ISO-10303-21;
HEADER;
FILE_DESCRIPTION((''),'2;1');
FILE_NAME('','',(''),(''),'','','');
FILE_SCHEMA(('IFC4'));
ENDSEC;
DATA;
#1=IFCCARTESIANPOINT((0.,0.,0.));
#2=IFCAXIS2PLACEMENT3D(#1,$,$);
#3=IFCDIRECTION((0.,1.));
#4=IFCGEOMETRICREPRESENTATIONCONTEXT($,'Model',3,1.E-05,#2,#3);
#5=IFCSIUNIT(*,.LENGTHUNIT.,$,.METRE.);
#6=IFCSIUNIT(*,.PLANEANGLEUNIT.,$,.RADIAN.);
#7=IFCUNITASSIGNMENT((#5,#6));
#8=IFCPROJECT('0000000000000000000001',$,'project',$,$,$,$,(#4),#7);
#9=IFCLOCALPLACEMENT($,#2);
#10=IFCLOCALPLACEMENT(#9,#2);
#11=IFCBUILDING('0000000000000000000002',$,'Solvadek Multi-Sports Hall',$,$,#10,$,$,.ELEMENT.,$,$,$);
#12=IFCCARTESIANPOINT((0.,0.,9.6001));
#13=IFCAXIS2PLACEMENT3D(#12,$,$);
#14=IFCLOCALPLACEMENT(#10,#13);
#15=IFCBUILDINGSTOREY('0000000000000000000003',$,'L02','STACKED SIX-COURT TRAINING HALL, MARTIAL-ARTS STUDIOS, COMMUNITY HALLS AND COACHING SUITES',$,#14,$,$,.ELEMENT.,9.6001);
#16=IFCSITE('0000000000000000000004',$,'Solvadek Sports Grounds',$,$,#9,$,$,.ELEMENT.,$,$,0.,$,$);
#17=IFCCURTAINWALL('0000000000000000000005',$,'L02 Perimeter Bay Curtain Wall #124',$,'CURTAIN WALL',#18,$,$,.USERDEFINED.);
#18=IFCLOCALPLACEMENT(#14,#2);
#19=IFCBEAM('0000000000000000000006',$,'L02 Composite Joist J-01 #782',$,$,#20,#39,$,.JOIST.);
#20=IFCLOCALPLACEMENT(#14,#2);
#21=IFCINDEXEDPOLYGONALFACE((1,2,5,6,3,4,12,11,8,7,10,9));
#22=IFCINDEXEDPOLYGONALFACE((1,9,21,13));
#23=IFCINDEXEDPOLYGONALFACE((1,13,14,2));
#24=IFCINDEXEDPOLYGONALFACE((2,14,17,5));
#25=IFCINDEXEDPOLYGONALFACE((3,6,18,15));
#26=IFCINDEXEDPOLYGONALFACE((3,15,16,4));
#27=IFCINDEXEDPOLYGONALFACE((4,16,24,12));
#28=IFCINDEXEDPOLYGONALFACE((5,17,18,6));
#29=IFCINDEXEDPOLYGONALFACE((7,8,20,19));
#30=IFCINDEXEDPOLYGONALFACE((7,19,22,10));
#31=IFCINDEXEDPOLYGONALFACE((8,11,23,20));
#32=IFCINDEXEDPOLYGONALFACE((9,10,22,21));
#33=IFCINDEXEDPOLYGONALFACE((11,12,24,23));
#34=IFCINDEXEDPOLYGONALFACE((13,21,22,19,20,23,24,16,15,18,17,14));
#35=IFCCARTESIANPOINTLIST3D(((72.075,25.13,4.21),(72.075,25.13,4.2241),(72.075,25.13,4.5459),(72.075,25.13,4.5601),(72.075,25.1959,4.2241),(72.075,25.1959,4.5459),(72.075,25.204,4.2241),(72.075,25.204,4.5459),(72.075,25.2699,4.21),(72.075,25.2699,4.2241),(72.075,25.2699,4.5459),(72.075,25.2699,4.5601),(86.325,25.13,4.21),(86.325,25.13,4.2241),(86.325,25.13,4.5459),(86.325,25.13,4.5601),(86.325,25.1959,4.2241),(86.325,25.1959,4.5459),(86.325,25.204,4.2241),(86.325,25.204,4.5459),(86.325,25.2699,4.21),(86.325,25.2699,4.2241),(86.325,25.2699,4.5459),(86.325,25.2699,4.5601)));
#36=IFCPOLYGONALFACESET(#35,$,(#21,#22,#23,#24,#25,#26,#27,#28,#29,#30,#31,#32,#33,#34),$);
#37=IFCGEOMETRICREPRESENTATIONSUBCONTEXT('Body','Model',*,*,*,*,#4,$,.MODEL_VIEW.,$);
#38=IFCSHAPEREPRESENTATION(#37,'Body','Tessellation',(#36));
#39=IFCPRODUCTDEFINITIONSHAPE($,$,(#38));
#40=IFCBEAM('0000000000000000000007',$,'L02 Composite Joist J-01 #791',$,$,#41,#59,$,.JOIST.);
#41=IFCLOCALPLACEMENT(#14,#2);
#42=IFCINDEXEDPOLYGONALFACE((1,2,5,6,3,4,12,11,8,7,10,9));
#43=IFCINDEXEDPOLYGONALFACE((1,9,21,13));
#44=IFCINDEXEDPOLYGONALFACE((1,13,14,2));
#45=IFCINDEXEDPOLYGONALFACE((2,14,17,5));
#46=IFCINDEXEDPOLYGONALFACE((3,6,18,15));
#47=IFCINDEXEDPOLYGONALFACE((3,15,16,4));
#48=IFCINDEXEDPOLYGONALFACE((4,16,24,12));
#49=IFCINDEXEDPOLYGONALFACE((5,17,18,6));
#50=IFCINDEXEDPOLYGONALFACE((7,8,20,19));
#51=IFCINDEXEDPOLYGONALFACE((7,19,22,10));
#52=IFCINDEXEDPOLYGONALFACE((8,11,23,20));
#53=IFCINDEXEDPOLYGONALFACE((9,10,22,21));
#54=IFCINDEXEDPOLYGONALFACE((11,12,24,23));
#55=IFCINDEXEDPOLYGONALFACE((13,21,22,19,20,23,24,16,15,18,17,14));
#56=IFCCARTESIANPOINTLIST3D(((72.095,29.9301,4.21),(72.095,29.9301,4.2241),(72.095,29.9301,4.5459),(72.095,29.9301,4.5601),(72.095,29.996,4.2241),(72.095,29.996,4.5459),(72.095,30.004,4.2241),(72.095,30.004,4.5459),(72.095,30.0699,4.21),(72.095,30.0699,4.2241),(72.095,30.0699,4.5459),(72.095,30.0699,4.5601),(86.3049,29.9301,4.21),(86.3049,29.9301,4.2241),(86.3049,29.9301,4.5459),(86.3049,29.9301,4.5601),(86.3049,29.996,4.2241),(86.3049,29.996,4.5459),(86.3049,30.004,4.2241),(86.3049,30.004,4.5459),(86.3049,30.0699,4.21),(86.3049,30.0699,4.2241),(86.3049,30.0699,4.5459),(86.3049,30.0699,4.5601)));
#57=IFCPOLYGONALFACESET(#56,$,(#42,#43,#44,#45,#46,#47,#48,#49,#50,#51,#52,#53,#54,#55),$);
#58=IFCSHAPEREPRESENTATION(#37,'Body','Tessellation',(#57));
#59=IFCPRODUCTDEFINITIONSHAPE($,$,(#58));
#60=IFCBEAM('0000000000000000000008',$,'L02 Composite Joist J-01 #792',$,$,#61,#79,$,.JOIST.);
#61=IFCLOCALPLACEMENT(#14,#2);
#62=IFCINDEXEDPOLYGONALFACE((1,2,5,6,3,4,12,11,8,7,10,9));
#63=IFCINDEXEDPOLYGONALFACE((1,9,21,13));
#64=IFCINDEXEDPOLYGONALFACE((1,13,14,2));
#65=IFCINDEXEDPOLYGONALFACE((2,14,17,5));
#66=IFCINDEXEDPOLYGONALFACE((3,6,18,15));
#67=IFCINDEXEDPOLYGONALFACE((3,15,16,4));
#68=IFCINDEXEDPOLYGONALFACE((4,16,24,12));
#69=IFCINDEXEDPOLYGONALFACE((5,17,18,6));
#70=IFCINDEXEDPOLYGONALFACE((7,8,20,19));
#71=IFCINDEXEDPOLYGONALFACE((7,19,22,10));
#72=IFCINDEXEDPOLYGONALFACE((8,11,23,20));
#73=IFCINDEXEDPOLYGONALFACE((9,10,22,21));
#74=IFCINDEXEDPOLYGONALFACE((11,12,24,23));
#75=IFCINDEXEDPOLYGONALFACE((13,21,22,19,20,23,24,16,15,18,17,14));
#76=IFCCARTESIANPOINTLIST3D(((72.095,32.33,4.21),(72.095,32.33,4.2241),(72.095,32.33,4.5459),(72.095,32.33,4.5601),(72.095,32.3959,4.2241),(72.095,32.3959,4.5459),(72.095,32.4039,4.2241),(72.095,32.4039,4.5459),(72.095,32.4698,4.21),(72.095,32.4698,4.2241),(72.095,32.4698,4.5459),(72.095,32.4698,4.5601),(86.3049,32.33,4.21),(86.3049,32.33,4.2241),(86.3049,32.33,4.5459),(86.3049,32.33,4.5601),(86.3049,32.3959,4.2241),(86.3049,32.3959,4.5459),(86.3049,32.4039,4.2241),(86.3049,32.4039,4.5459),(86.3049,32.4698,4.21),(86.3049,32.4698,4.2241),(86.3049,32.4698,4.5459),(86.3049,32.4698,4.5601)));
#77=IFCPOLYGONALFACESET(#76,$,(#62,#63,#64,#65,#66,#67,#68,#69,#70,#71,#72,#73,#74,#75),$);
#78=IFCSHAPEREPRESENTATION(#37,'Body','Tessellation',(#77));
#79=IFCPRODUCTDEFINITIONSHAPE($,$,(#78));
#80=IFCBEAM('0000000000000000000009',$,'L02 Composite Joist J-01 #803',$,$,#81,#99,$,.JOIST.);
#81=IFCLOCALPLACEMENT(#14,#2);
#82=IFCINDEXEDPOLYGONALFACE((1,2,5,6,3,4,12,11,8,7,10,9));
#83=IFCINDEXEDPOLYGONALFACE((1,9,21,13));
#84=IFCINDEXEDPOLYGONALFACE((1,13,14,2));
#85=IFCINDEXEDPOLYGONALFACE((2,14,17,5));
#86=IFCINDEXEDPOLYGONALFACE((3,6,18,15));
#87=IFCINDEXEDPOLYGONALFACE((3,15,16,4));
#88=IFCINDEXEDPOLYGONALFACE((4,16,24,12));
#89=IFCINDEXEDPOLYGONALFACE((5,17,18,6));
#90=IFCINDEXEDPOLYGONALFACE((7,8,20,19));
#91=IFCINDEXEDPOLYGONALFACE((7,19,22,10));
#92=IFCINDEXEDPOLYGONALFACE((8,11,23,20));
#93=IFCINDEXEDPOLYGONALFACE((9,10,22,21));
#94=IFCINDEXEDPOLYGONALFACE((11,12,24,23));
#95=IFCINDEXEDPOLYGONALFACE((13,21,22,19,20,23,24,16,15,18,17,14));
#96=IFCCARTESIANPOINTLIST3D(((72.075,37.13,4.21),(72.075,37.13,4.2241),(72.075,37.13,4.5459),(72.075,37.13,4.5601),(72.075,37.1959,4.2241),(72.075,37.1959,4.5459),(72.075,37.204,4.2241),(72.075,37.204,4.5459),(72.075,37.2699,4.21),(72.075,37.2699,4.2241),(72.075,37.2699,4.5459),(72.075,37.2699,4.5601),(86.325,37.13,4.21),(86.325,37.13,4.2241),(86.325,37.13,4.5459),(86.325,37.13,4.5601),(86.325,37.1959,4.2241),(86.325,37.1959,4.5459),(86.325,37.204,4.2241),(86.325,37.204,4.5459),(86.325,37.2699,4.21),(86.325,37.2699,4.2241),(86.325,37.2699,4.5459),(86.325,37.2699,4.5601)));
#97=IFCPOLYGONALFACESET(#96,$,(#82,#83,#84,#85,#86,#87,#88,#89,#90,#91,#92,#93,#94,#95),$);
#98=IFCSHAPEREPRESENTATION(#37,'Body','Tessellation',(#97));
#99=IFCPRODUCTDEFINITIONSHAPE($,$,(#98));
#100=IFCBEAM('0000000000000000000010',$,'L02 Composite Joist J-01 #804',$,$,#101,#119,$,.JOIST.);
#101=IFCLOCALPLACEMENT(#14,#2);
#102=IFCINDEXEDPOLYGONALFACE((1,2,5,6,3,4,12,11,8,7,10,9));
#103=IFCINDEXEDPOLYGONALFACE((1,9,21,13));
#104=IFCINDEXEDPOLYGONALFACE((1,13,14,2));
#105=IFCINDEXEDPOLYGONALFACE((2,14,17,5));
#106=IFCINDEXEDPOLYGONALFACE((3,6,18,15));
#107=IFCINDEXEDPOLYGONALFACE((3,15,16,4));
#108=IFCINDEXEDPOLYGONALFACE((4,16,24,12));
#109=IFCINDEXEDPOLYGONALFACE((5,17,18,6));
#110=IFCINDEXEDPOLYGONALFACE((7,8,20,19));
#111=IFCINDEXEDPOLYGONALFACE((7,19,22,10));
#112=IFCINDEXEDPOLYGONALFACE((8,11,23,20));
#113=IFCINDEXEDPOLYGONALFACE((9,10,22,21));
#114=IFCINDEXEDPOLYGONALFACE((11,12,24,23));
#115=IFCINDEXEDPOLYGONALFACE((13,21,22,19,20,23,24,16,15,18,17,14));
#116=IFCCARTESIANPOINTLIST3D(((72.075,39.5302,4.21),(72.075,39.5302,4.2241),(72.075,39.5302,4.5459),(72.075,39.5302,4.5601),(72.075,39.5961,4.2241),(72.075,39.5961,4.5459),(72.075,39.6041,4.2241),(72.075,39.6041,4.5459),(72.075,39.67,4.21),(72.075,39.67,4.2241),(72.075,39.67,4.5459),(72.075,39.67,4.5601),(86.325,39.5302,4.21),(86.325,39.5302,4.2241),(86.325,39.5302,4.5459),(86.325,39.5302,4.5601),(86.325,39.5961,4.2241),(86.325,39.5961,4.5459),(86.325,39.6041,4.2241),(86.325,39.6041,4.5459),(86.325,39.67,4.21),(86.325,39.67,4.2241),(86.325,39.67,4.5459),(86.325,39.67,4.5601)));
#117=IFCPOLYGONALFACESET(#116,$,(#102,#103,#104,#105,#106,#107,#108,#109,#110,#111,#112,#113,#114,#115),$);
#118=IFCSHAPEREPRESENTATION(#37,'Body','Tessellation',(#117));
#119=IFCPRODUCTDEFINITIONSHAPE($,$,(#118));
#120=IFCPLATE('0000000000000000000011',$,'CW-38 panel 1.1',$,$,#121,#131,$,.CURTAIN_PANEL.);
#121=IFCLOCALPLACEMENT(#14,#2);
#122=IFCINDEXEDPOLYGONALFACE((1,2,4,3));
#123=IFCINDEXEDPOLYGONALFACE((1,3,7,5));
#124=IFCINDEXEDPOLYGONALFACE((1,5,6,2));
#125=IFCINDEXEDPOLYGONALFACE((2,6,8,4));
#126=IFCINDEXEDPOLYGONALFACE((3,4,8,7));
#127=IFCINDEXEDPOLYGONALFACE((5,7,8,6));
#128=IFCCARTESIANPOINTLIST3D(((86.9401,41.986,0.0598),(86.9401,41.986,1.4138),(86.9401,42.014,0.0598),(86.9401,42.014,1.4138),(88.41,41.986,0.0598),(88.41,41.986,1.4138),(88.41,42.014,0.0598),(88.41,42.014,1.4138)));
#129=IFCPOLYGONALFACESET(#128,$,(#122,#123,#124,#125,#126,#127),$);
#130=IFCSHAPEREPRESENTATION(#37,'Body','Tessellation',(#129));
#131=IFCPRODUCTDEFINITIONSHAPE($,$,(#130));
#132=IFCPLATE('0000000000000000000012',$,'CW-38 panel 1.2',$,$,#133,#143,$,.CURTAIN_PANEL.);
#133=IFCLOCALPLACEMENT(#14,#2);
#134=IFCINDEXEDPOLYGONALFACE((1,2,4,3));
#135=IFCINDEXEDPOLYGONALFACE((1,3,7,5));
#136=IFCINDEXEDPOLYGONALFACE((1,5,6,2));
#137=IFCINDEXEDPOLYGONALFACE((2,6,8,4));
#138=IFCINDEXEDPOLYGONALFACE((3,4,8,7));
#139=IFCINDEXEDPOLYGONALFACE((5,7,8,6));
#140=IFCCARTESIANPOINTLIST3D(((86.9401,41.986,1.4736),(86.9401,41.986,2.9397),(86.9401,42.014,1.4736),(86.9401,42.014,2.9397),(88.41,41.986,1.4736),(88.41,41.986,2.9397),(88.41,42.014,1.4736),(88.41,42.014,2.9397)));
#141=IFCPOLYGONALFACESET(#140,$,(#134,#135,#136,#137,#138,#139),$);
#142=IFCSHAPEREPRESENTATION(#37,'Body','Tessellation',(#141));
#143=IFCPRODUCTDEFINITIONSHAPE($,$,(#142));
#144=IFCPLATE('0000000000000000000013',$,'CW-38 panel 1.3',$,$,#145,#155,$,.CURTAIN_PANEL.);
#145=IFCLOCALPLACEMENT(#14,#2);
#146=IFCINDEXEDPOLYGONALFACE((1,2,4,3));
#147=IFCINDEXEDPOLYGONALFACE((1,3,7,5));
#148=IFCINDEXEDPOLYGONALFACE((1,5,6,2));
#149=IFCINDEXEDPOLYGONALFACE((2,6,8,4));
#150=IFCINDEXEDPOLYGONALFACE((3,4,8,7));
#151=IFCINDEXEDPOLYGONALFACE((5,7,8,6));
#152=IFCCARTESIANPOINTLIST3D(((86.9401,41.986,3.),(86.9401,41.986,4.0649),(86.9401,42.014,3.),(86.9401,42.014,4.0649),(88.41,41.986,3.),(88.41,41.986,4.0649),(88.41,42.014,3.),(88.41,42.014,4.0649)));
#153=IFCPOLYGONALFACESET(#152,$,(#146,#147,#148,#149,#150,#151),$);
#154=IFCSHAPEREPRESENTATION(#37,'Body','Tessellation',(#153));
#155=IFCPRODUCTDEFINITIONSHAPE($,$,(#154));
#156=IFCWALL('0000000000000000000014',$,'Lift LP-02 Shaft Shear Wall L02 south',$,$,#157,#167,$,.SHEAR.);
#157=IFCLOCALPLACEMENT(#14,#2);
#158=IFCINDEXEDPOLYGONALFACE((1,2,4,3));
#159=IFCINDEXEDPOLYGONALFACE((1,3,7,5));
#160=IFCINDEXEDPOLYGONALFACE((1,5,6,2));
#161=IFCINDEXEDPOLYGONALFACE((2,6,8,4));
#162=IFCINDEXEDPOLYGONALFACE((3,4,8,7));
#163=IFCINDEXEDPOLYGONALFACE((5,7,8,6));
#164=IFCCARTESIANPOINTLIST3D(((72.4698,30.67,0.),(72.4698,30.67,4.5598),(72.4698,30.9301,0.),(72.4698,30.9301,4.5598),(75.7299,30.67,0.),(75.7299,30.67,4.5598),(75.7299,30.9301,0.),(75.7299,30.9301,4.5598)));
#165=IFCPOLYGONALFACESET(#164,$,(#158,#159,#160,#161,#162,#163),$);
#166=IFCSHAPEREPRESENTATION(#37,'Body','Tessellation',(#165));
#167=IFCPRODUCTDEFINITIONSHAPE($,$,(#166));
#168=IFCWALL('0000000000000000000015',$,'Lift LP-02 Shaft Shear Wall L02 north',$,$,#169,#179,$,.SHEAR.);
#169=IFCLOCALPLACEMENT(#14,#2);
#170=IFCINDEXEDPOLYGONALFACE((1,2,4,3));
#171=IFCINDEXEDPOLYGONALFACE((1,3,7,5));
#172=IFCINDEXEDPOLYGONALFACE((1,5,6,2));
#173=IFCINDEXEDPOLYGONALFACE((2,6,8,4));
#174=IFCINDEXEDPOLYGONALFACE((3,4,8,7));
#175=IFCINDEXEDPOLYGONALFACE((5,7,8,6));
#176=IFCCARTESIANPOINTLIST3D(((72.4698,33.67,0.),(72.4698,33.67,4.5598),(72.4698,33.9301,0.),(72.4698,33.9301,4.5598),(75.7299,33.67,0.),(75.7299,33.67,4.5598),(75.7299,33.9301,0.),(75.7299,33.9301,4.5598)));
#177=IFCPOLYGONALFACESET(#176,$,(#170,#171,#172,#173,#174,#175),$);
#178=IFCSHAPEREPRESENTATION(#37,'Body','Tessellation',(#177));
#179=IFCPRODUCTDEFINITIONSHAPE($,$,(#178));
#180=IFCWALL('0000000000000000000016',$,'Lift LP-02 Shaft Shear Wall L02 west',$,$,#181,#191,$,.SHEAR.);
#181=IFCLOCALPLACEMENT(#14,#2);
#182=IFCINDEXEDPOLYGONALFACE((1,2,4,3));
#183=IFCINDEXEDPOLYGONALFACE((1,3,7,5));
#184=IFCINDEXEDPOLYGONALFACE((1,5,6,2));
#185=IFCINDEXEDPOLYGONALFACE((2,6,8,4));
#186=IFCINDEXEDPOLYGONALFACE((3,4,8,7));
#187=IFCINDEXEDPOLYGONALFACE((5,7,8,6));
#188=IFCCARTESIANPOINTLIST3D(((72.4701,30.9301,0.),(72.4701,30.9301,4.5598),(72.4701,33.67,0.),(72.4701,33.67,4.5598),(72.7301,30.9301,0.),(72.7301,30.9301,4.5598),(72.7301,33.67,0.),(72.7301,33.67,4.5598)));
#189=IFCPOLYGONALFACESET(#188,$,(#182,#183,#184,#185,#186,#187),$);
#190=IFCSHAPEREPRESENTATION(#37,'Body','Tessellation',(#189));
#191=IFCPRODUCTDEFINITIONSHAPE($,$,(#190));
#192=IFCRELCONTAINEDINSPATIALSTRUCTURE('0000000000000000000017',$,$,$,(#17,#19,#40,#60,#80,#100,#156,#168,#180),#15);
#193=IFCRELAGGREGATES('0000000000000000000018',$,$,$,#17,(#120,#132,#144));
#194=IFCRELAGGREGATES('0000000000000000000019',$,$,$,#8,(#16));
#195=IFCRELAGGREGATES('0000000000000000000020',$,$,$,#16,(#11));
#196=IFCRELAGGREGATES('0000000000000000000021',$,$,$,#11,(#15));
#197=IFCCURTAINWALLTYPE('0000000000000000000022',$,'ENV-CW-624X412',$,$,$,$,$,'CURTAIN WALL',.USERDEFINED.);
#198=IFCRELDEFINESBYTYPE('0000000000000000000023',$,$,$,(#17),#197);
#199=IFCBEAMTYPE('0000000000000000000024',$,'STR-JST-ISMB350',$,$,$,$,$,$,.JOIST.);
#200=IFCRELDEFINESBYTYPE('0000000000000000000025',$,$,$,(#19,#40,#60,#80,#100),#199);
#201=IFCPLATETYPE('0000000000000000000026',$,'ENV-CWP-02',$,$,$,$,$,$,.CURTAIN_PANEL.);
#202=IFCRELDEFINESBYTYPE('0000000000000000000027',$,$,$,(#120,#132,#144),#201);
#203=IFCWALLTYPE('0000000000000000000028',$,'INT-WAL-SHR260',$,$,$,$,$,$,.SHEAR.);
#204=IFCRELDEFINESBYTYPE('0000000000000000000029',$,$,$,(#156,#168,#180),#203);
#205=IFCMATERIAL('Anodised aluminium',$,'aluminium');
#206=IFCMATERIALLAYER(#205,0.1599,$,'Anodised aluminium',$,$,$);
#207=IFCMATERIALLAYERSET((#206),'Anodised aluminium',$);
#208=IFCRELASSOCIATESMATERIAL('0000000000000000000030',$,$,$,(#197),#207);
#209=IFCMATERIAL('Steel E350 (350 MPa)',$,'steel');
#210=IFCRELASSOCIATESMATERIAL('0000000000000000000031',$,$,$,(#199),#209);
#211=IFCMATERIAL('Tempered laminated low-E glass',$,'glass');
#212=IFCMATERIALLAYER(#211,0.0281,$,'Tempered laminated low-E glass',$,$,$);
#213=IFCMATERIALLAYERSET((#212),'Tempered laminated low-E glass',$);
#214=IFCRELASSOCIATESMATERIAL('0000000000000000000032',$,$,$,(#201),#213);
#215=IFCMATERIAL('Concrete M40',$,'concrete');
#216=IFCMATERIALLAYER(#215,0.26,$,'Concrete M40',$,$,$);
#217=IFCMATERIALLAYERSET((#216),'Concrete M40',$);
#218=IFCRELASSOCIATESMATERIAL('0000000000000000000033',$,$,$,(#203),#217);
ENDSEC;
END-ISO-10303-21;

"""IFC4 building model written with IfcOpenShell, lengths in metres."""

from ifc_helpers import new_model, si_unit, direction, frame, frame_2d, origin, origin_2d, place, context, subcontext, project, spatial, rectangle, i_section, extrude, material, layer, layer_set, material_profile, profile_set, type_object, element, aggregate, save


model = new_model("IFC4")

# Units and contexts
model_context = context("Model", 3, precision=1e-05, world=origin(), true_north=direction((0.0, 1.0)))
body_context = subcontext(model_context, "Body", "Model", "MODEL_VIEW")
ifc_project = project(units=[si_unit("LENGTHUNIT", "METRE"), si_unit("PLANEANGLEUNIT", "RADIAN")], contexts=[model_context])

# Site, building, storey
site_placement = place(None, origin())
site = spatial("IfcSite", under=ifc_project, at=site_placement, Name="Solvadek Sports Grounds", CompositionType="ELEMENT", RefElevation=0.0)
building_placement = place(site_placement, origin())
building = spatial("IfcBuilding", under=site, at=building_placement, Name="Solvadek Multi-Sports Hall", CompositionType="ELEMENT")
storey_placement = place(building_placement, frame((0.0, 0.0, 9.6001)))
storey = spatial("IfcBuildingStorey", under=building, at=storey_placement, Name="L02", Description="STACKED SIX-COURT TRAINING HALL, MARTIAL-ARTS STUDIOS, COMMUNITY HALLS AND COACHING SUITES", CompositionType="ELEMENT", Elevation=9.6001)

# Shared definitions
ifc_material_1 = material(Name="Steel E350 (350 MPa)", Category="steel")

# Curtain wall
ifc_material_2 = material(Name="Anodised aluminium", Category="aluminium")
ifc_layer_1 = layer(ifc_material_2, 0.1599, Name="Anodised aluminium")
ifc_layer_set_1 = layer_set([ifc_layer_1], Name="Anodised aluminium")
curtain_wall_type = type_object("IfcCurtainWallType", Name="ENV-CW-624X412", ElementType="CURTAIN WALL", PredefinedType="USERDEFINED", material=ifc_layer_set_1)
curtain_wall_placement = place(storey_placement, origin())
curtain_wall = element("IfcCurtainWall", 1, at=curtain_wall_placement, inside=storey, type_object=curtain_wall_type, Name="L02 Perimeter Bay Curtain Wall #124", ObjectType="CURTAIN WALL", PredefinedType="USERDEFINED")

# Beams
ifc_material_profile_1 = material_profile(ifc_material_1, i_section(OverallWidth=0.1399, OverallDepth=0.3501, WebThickness=0.0081, FlangeThickness=0.0142, at=origin_2d()), Name="ISMB 350")
ifc_profile_set_1 = profile_set([ifc_material_profile_1], Name="Steel E350 (350 MPa)")
beam_type_1 = type_object("IfcBeamType", Name="STR-JST-ISMB350", PredefinedType="JOIST", material=ifc_profile_set_1)
beam_1_placement = place(storey_placement, frame((72.075, 25.2, 4.385), z_axis=(1.0, 0.0, 0.0), x_axis=(0.0, 1.0, 0.0)))
element("IfcBeam", 2, at=beam_1_placement, inside=storey, type_object=beam_type_1, Name="L02 Composite Joist J-01 #782", PredefinedType="JOIST", context=body_context, shape_type="SweptSolid", body=[
    extrude(i_section(OverallWidth=0.1399, OverallDepth=0.3501, WebThickness=0.0081, FlangeThickness=0.0142, at=origin_2d()), origin(), (0.0, 0.0, 1.0), 14.25),
])
for number, where, z_axis, x_axis, name in (
    (3, (72.095, 30.0, 4.385), (1.0, 0.0, 0.0), (0.0, 1.0, 0.0), "L02 Composite Joist J-01 #791"),
    (4, (72.095, 32.3999, 4.385), (1.0, 0.0, 0.0), (0.0, 1.0, 0.0), "L02 Composite Joist J-01 #792"),
):
    element("IfcBeam", number, at=place(storey_placement, frame(where, z_axis=z_axis, x_axis=x_axis)), inside=storey, type_object=beam_type_1, Name=name, PredefinedType="JOIST", context=body_context, shape_type="SweptSolid", body=[
        extrude(i_section(OverallWidth=0.1399, OverallDepth=0.3501, WebThickness=0.0081, FlangeThickness=0.0142, at=origin_2d()), origin(), (0.0, 0.0, 1.0), 14.21),
    ])
for number, where, z_axis, x_axis, name in (
    (5, (72.075, 37.2, 4.385), (1.0, 0.0, 0.0), (0.0, 1.0, 0.0), "L02 Composite Joist J-01 #803"),
    (6, (72.075, 39.6001, 4.385), (1.0, 0.0, 0.0), (0.0, 1.0, 0.0), "L02 Composite Joist J-01 #804"),
):
    element("IfcBeam", number, at=place(storey_placement, frame(where, z_axis=z_axis, x_axis=x_axis)), inside=storey, type_object=beam_type_1, Name=name, PredefinedType="JOIST", context=body_context, shape_type="SweptSolid", body=[
        extrude(i_section(OverallWidth=0.1399, OverallDepth=0.3501, WebThickness=0.0081, FlangeThickness=0.0142, at=origin_2d()), origin(), (0.0, 0.0, 1.0), 14.25),
    ])

# Plates
ifc_material_3 = material(Name="Tempered laminated low-E glass", Category="glass")
ifc_layer_2 = layer(ifc_material_3, 0.0281, Name="Tempered laminated low-E glass")
ifc_layer_set_2 = layer_set([ifc_layer_2], Name="Tempered laminated low-E glass")
plate_type = type_object("IfcPlateType", Name="ENV-CWP-02", PredefinedType="CURTAIN_PANEL", material=ifc_layer_set_2)
plate_1_placement = place(storey_placement, frame((87.675, 42.0, 0.0598), z_axis=(0.0, 0.0, 1.0), x_axis=(1.0, 0.0, 0.0)))
plate_1 = element("IfcPlate", 7, at=plate_1_placement, type_object=plate_type, Name="CW-38 panel 1.1", PredefinedType="CURTAIN_PANEL", context=body_context, shape_type="SweptSolid", body=[
    extrude(rectangle(XDim=1.47, YDim=0.0281, at=origin_2d()), origin(), (0.0, 0.0, 1.0), 1.354),
])
plate_2_placement = place(storey_placement, frame((87.675, 42.0, 1.4736), z_axis=(0.0, 0.0, 1.0), x_axis=(1.0, 0.0, 0.0)))
plate_2 = element("IfcPlate", 8, at=plate_2_placement, type_object=plate_type, Name="CW-38 panel 1.2", PredefinedType="CURTAIN_PANEL", context=body_context, shape_type="SweptSolid", body=[
    extrude(rectangle(XDim=1.47, YDim=0.0281, at=origin_2d()), origin(), (0.0, 0.0, 1.0), 1.4661),
])
plate_3_placement = place(storey_placement, frame((87.675, 42.0, 3.0), z_axis=(0.0, 0.0, 1.0), x_axis=(1.0, 0.0, 0.0)))
plate_3 = element("IfcPlate", 9, at=plate_3_placement, type_object=plate_type, Name="CW-38 panel 1.3", PredefinedType="CURTAIN_PANEL", context=body_context, shape_type="SweptSolid", body=[
    extrude(rectangle(XDim=1.47, YDim=0.0281, at=origin_2d()), origin(), (0.0, 0.0, 1.0), 1.0649),
])
aggregate(curtain_wall, [plate_1, plate_2, plate_3])

# Walls
ifc_material_4 = material(Name="Concrete M40", Category="concrete")
ifc_layer_3 = layer(ifc_material_4, 0.26, Name="Concrete M40")
ifc_layer_set_3 = layer_set([ifc_layer_3], Name="Concrete M40")
wall_type = type_object("IfcWallType", Name="INT-WAL-SHR260", PredefinedType="SHEAR", material=ifc_layer_set_3)
for number, where, z_axis, x_axis, name in (
    (10, (72.47, 30.8, 0.0), (0.0, 0.0, 1.0), (1.0, 0.0, 0.0), "Lift LP-02 Shaft Shear Wall L02 south"),
    (11, (72.47, 33.8, 0.0), (0.0, 0.0, 1.0), (1.0, 0.0, 0.0), "Lift LP-02 Shaft Shear Wall L02 north"),
):
    element("IfcWall", number, at=place(storey_placement, frame(where, z_axis=z_axis, x_axis=x_axis)), inside=storey, type_object=wall_type, Name=name, PredefinedType="SHEAR", context=body_context, shape_type="SweptSolid", body=[
        extrude(rectangle(XDim=3.26, YDim=0.26, at=frame_2d((1.6299, 0.0))), origin(), (0.0, 0.0, 1.0), 4.5598),
    ])
wall_1_placement = place(storey_placement, frame((72.6001, 30.9299, 0.0), z_axis=(0.0, 0.0, 1.0), x_axis=(0.0, 1.0, 0.0)))
element("IfcWall", 12, at=wall_1_placement, inside=storey, type_object=wall_type, Name="Lift LP-02 Shaft Shear Wall L02 west", PredefinedType="SHEAR", context=body_context, shape_type="SweptSolid", body=[
    extrude(rectangle(XDim=2.74, YDim=0.26, at=frame_2d((1.3701, 0.0))), origin(), (0.0, 0.0, 1.0), 4.5598),
])

save(model, "model.ifc")
